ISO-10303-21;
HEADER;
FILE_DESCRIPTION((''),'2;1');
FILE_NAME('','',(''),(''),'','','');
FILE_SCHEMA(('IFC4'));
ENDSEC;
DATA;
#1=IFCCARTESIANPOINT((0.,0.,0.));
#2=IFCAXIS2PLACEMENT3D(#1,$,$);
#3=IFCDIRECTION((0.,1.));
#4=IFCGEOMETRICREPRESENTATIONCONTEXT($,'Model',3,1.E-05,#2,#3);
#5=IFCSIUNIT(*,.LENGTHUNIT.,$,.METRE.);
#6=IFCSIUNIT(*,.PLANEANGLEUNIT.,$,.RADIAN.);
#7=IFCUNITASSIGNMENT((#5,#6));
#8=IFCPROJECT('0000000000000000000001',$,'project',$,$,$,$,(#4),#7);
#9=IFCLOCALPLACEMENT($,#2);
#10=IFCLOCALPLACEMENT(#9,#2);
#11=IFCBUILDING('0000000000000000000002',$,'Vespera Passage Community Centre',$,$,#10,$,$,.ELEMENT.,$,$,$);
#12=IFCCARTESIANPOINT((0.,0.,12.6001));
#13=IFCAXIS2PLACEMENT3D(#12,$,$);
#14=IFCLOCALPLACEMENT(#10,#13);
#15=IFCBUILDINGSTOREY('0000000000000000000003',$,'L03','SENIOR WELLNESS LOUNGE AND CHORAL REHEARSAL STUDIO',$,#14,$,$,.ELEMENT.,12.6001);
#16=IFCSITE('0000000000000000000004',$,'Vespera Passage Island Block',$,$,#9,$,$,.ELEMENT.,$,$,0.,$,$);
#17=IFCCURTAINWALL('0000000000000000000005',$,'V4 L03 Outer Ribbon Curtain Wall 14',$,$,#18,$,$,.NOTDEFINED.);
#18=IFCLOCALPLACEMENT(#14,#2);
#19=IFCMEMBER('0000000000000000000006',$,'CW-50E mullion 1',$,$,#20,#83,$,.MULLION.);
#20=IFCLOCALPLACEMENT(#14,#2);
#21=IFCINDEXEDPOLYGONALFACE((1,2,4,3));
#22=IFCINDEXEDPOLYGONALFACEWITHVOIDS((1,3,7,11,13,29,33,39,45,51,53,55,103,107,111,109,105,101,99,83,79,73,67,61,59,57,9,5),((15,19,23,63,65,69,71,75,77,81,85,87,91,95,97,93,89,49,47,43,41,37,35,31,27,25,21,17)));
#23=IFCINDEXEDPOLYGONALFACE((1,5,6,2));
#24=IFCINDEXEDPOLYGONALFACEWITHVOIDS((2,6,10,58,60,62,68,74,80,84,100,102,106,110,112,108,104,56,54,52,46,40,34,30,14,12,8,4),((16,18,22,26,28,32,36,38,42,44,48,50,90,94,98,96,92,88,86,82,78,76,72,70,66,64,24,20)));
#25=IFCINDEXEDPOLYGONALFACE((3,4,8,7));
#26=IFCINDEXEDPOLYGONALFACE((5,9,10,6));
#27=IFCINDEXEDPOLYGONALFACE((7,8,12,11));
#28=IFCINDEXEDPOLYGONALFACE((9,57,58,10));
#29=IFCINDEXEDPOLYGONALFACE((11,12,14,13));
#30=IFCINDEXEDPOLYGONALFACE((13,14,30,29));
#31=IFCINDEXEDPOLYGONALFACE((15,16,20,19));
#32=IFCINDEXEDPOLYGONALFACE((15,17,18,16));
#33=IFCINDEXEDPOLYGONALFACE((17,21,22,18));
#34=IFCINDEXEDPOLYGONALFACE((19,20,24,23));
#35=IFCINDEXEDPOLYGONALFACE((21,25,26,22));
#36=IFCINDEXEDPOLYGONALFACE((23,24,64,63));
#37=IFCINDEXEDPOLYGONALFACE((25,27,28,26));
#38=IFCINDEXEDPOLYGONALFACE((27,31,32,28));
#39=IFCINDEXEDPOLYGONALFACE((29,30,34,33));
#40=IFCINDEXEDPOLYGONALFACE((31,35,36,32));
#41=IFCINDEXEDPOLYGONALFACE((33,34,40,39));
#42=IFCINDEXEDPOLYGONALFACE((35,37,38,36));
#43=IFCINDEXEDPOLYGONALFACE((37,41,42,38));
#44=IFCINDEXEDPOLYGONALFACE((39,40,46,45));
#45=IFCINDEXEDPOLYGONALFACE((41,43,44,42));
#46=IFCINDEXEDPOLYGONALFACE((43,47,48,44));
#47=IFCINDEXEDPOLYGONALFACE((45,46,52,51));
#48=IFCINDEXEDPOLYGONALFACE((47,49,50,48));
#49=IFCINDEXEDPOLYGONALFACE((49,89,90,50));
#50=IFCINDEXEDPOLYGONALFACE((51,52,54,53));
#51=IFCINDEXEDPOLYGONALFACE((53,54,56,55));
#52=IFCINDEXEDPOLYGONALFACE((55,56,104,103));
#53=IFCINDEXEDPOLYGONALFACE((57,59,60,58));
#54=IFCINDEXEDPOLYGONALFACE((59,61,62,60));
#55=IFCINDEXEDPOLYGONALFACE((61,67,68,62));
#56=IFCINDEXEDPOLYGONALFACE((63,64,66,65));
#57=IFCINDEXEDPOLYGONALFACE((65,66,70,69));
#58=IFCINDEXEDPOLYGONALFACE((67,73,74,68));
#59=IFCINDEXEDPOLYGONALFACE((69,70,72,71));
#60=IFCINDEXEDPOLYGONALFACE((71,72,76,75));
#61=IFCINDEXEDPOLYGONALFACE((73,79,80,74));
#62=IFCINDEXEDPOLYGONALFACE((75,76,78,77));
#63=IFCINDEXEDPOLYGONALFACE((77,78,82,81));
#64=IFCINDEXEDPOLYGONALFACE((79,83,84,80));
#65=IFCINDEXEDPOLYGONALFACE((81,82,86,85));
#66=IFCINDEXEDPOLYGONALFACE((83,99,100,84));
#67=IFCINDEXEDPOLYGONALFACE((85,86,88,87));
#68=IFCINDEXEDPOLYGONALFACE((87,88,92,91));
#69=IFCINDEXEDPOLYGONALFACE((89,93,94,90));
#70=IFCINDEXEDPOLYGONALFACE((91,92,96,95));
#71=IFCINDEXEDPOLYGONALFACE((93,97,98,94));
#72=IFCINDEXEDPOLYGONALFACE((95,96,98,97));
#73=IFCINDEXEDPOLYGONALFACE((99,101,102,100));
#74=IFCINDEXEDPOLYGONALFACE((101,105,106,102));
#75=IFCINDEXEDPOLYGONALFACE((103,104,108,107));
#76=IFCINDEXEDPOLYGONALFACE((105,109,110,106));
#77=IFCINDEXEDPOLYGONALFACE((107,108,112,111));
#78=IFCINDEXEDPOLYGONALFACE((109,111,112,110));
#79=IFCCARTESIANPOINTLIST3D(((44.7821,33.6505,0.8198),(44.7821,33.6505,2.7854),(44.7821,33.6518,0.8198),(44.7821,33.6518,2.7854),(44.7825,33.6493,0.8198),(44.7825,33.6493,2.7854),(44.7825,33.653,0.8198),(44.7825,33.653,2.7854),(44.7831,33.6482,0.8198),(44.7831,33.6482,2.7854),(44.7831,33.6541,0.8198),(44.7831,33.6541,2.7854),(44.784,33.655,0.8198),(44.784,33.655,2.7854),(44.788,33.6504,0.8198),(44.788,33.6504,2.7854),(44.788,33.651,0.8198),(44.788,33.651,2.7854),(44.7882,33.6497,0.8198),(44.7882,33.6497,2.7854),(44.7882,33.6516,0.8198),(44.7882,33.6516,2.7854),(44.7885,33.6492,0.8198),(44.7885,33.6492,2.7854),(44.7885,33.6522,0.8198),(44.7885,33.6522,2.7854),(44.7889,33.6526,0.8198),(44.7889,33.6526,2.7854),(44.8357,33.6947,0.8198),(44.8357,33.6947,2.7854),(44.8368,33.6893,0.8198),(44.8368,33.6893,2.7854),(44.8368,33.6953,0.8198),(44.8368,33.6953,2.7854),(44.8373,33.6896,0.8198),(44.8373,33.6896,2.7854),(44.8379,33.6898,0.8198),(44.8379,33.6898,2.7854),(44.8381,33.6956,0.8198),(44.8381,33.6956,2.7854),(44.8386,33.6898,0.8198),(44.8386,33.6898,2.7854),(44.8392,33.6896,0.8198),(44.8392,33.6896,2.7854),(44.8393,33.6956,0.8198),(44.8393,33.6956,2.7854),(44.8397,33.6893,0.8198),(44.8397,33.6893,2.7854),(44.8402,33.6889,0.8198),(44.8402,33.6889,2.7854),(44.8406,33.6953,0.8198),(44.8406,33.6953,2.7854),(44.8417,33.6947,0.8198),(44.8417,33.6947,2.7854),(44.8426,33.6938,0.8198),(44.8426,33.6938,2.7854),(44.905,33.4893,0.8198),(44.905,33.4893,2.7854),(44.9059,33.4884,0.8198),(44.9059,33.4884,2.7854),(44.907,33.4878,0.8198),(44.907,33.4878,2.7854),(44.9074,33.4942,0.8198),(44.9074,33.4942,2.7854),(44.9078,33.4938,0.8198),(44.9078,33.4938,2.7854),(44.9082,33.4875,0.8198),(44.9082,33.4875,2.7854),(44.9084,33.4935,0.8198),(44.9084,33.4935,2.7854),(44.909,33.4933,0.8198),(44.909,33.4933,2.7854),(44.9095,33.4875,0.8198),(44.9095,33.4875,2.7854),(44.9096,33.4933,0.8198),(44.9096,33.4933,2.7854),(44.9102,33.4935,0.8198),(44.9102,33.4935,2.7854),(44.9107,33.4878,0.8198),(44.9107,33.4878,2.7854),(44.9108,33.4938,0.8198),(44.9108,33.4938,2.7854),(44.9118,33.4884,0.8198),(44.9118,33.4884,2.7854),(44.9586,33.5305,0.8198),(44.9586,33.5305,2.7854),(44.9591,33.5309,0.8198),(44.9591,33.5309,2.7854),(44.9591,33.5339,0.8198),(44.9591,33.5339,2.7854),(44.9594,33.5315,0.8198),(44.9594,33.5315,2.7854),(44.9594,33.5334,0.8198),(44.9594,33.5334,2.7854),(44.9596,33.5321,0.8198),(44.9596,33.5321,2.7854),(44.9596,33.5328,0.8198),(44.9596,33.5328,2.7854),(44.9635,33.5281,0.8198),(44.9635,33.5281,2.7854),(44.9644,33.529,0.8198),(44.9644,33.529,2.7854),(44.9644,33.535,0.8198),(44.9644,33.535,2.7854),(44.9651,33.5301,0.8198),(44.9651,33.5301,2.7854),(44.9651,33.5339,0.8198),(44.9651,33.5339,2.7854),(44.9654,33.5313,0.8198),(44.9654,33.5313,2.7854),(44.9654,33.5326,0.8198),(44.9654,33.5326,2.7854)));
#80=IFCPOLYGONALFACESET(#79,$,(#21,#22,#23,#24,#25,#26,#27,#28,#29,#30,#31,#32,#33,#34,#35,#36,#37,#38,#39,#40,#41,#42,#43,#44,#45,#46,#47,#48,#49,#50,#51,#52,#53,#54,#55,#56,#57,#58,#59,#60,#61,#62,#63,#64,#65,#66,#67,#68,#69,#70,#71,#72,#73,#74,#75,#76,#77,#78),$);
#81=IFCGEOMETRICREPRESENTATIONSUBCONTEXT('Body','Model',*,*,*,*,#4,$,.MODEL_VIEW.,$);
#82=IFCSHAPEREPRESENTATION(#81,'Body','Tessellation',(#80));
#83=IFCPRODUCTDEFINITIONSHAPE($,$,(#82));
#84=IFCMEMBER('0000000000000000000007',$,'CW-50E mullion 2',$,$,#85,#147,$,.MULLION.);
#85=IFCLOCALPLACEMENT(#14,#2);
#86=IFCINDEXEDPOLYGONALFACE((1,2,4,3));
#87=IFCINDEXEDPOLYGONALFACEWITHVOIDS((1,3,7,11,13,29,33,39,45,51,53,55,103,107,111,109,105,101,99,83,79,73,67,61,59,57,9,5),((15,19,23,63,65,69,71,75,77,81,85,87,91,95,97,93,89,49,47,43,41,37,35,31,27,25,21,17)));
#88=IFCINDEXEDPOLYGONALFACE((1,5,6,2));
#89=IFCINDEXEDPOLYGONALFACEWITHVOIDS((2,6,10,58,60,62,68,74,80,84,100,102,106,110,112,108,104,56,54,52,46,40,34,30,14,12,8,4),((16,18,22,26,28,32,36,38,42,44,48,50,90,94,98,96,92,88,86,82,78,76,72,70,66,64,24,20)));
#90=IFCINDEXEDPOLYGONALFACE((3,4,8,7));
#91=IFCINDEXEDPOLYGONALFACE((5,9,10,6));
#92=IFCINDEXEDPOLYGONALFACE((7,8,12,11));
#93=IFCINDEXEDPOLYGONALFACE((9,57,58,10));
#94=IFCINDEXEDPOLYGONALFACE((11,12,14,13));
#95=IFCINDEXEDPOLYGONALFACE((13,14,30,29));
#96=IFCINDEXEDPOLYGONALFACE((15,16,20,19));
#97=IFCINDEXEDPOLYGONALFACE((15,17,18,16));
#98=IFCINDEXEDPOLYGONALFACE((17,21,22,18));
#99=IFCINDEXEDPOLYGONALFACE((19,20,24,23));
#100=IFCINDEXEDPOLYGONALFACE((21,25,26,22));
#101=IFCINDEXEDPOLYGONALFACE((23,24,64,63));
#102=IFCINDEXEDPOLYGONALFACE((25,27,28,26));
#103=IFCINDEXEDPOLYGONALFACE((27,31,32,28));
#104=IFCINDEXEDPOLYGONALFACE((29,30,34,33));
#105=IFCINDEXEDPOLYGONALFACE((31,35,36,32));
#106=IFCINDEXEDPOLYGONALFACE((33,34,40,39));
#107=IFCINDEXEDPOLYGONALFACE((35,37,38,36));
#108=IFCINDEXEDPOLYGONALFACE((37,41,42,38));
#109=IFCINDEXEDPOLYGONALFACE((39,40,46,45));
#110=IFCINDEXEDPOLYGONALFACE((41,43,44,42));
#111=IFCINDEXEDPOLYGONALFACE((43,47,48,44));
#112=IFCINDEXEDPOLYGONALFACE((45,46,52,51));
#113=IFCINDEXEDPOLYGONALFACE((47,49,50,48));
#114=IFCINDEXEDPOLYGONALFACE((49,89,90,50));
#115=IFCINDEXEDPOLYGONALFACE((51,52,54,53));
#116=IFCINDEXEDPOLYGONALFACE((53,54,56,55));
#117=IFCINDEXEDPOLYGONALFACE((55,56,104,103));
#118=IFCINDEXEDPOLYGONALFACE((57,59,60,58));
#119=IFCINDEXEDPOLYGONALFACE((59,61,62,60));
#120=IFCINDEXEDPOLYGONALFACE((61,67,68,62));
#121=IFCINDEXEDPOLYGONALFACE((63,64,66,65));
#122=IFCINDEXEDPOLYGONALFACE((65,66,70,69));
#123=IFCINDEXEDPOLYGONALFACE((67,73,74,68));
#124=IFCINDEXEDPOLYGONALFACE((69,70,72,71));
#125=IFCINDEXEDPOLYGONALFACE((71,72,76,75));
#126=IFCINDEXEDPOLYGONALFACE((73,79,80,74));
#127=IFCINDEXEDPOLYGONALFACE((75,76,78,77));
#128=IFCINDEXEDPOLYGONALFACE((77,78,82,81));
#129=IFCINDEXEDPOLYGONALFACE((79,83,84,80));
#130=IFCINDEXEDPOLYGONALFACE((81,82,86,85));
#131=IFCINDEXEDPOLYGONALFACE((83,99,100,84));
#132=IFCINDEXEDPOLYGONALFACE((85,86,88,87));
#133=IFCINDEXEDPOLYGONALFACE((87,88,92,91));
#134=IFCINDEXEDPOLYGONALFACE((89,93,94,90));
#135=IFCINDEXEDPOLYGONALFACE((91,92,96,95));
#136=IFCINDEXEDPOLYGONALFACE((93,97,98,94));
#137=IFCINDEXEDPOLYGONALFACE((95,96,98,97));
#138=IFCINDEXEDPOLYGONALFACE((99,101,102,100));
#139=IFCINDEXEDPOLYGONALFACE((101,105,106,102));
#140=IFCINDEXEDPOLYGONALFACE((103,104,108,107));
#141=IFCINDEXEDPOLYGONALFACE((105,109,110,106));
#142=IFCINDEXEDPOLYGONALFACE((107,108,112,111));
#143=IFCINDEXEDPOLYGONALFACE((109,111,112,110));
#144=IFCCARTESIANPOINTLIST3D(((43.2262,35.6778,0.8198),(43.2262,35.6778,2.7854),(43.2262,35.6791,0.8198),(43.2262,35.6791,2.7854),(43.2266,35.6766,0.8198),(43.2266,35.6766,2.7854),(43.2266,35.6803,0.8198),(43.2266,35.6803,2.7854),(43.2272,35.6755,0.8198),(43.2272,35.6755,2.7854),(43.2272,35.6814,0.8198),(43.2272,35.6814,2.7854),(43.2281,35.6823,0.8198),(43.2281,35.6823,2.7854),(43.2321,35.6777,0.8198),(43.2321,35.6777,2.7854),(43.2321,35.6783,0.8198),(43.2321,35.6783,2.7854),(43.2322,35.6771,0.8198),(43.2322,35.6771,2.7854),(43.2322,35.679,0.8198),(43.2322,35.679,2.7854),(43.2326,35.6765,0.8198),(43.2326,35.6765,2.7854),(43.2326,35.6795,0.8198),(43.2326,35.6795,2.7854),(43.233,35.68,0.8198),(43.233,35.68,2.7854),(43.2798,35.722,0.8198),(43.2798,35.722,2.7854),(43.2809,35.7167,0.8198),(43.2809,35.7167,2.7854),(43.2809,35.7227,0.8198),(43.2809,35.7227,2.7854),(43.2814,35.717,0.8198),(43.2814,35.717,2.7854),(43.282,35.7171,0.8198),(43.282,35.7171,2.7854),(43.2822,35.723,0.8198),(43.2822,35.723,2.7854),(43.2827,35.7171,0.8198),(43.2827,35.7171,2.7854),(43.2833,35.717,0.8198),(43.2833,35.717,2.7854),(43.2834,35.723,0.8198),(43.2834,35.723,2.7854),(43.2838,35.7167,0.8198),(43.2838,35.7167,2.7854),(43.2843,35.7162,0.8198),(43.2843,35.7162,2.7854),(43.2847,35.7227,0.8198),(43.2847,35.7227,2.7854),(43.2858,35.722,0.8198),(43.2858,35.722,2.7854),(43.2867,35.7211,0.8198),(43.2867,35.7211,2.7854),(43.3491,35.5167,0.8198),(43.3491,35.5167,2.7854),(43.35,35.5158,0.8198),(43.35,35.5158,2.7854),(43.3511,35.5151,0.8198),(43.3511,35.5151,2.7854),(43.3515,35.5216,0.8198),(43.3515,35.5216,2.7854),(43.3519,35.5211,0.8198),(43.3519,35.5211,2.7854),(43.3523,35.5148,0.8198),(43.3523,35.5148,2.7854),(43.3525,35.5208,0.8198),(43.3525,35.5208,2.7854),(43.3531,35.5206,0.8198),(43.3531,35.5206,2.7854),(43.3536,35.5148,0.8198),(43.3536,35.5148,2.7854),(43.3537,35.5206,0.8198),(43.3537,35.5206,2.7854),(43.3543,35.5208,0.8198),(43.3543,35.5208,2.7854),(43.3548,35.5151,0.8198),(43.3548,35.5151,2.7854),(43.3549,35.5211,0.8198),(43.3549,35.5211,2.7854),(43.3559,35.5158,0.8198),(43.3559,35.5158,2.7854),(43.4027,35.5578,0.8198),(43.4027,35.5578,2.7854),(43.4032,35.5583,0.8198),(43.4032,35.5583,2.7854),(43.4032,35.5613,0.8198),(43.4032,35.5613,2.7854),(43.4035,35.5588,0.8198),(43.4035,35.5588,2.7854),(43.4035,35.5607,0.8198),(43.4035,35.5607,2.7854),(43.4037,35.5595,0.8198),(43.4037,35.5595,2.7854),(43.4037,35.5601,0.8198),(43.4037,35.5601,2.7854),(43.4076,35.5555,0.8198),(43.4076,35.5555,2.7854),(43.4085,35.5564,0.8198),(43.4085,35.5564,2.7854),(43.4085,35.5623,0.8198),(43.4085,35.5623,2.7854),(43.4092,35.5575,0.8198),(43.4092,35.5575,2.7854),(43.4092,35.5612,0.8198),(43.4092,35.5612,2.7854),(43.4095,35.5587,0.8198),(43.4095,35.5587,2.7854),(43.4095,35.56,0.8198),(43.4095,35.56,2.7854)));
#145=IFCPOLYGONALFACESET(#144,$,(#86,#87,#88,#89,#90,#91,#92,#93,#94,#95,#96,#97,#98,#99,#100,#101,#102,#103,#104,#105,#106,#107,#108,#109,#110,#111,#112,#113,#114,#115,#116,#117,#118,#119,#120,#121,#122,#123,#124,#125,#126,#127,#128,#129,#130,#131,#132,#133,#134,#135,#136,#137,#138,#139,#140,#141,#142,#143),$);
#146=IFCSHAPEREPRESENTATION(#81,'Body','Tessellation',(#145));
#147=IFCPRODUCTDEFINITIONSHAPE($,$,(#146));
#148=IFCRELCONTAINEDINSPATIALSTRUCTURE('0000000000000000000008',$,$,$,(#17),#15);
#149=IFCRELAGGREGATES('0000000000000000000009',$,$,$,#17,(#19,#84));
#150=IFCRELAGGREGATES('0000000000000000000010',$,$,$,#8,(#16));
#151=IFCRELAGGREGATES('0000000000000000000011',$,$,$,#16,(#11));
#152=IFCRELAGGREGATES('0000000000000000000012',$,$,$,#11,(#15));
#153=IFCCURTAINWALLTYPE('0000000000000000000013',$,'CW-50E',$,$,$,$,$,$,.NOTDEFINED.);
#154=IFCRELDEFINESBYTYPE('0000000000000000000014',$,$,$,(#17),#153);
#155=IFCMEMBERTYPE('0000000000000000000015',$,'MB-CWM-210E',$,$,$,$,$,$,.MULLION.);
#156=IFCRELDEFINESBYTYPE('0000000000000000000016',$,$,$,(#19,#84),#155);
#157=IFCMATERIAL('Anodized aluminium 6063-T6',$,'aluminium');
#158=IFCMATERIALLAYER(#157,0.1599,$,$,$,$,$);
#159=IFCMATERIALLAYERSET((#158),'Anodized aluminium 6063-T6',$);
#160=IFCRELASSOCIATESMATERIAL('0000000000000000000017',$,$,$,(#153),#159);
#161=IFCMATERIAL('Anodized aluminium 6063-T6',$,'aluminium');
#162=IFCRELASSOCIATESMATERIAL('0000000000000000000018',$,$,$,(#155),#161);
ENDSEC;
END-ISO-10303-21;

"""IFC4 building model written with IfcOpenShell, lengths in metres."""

from ifc_helpers import new_model, si_unit, direction, frame, origin, origin_2d, place, context, subcontext, project, spatial, hollow_rectangle, extrude, material, layer, layer_set, material_profile, profile_set, type_object, element, aggregate, save


model = new_model("IFC4")

# Units and contexts
model_context = context("Model", 3, precision=1e-05, world=origin(), true_north=direction((0.0, 1.0)))
body_context = subcontext(model_context, "Body", "Model", "MODEL_VIEW")
ifc_project = project(units=[si_unit("LENGTHUNIT", "METRE"), si_unit("PLANEANGLEUNIT", "RADIAN")], contexts=[model_context])

# Site, building, storey
site_placement = place(None, origin())
site = spatial("IfcSite", under=ifc_project, at=site_placement, Name="Vespera Passage Island Block", CompositionType="ELEMENT", RefElevation=0.0)
building_placement = place(site_placement, origin())
building = spatial("IfcBuilding", under=site, at=building_placement, Name="Vespera Passage Community Centre", CompositionType="ELEMENT")
storey_placement = place(building_placement, frame((0.0, 0.0, 12.6001)))
storey = spatial("IfcBuildingStorey", under=building, at=storey_placement, Name="L03", Description="SENIOR WELLNESS LOUNGE AND CHORAL REHEARSAL STUDIO", CompositionType="ELEMENT", Elevation=12.6001)

# Curtain wall, members
ifc_material_1 = material(Name="Anodized aluminium 6063-T6", Category="aluminium")
ifc_layer_1 = layer(ifc_material_1, 0.1599)
ifc_layer_set_1 = layer_set([ifc_layer_1], Name="Anodized aluminium 6063-T6")
curtain_wall_type = type_object("IfcCurtainWallType", Name="CW-50E", PredefinedType="NOTDEFINED", material=ifc_layer_set_1)
curtain_wall_placement = place(storey_placement, origin())
curtain_wall = element("IfcCurtainWall", 1, at=curtain_wall_placement, inside=storey, type_object=curtain_wall_type, Name="V4 L03 Outer Ribbon Curtain Wall 14", PredefinedType="NOTDEFINED")
ifc_material_2 = material(Name="Anodized aluminium 6063-T6", Category="aluminium")
ifc_material_profile_1 = material_profile(ifc_material_2, hollow_rectangle(XDim=0.075, YDim=0.21, WallThickness=0.0049, InnerFilletRadius=0.0024, OuterFilletRadius=0.0049, at=origin_2d()), Name="ALU210X75X5")
ifc_profile_set_1 = profile_set([ifc_material_profile_1], Name="Anodized aluminium 6063-T6")
member_type_1 = type_object("IfcMemberType", Name="MB-CWM-210E", PredefinedType="MULLION", material=ifc_profile_set_1)
member_1_placement = place(storey_placement, frame((44.8738, 33.5916, 0.8198), z_axis=(0.0, 0.0, 1.0), x_axis=(-0.79335, -0.608765, 0.0)))
member_1 = element("IfcMember", 2, at=member_1_placement, type_object=member_type_1, Name="CW-50E mullion 1", PredefinedType="MULLION", context=body_context, shape_type="SweptSolid", body=[
    extrude(hollow_rectangle(XDim=0.075, YDim=0.21, WallThickness=0.0049, InnerFilletRadius=0.0024, OuterFilletRadius=0.0049, at=origin_2d()), origin(), (0.0, 0.0, 1.0), 1.9656),
])
member_2_placement = place(storey_placement, frame((43.3179, 35.6189, 0.8198), z_axis=(0.0, 0.0, 1.0), x_axis=(-0.79335, -0.608765, 0.0)))
member_2 = element("IfcMember", 3, at=member_2_placement, type_object=member_type_1, Name="CW-50E mullion 2", PredefinedType="MULLION", context=body_context, shape_type="SweptSolid", body=[
    extrude(hollow_rectangle(XDim=0.075, YDim=0.21, WallThickness=0.0049, InnerFilletRadius=0.0024, OuterFilletRadius=0.0049, at=origin_2d()), origin(), (0.0, 0.0, 1.0), 1.9656),
])
aggregate(curtain_wall, [member_1, member_2])

save(model, "model.ifc")
